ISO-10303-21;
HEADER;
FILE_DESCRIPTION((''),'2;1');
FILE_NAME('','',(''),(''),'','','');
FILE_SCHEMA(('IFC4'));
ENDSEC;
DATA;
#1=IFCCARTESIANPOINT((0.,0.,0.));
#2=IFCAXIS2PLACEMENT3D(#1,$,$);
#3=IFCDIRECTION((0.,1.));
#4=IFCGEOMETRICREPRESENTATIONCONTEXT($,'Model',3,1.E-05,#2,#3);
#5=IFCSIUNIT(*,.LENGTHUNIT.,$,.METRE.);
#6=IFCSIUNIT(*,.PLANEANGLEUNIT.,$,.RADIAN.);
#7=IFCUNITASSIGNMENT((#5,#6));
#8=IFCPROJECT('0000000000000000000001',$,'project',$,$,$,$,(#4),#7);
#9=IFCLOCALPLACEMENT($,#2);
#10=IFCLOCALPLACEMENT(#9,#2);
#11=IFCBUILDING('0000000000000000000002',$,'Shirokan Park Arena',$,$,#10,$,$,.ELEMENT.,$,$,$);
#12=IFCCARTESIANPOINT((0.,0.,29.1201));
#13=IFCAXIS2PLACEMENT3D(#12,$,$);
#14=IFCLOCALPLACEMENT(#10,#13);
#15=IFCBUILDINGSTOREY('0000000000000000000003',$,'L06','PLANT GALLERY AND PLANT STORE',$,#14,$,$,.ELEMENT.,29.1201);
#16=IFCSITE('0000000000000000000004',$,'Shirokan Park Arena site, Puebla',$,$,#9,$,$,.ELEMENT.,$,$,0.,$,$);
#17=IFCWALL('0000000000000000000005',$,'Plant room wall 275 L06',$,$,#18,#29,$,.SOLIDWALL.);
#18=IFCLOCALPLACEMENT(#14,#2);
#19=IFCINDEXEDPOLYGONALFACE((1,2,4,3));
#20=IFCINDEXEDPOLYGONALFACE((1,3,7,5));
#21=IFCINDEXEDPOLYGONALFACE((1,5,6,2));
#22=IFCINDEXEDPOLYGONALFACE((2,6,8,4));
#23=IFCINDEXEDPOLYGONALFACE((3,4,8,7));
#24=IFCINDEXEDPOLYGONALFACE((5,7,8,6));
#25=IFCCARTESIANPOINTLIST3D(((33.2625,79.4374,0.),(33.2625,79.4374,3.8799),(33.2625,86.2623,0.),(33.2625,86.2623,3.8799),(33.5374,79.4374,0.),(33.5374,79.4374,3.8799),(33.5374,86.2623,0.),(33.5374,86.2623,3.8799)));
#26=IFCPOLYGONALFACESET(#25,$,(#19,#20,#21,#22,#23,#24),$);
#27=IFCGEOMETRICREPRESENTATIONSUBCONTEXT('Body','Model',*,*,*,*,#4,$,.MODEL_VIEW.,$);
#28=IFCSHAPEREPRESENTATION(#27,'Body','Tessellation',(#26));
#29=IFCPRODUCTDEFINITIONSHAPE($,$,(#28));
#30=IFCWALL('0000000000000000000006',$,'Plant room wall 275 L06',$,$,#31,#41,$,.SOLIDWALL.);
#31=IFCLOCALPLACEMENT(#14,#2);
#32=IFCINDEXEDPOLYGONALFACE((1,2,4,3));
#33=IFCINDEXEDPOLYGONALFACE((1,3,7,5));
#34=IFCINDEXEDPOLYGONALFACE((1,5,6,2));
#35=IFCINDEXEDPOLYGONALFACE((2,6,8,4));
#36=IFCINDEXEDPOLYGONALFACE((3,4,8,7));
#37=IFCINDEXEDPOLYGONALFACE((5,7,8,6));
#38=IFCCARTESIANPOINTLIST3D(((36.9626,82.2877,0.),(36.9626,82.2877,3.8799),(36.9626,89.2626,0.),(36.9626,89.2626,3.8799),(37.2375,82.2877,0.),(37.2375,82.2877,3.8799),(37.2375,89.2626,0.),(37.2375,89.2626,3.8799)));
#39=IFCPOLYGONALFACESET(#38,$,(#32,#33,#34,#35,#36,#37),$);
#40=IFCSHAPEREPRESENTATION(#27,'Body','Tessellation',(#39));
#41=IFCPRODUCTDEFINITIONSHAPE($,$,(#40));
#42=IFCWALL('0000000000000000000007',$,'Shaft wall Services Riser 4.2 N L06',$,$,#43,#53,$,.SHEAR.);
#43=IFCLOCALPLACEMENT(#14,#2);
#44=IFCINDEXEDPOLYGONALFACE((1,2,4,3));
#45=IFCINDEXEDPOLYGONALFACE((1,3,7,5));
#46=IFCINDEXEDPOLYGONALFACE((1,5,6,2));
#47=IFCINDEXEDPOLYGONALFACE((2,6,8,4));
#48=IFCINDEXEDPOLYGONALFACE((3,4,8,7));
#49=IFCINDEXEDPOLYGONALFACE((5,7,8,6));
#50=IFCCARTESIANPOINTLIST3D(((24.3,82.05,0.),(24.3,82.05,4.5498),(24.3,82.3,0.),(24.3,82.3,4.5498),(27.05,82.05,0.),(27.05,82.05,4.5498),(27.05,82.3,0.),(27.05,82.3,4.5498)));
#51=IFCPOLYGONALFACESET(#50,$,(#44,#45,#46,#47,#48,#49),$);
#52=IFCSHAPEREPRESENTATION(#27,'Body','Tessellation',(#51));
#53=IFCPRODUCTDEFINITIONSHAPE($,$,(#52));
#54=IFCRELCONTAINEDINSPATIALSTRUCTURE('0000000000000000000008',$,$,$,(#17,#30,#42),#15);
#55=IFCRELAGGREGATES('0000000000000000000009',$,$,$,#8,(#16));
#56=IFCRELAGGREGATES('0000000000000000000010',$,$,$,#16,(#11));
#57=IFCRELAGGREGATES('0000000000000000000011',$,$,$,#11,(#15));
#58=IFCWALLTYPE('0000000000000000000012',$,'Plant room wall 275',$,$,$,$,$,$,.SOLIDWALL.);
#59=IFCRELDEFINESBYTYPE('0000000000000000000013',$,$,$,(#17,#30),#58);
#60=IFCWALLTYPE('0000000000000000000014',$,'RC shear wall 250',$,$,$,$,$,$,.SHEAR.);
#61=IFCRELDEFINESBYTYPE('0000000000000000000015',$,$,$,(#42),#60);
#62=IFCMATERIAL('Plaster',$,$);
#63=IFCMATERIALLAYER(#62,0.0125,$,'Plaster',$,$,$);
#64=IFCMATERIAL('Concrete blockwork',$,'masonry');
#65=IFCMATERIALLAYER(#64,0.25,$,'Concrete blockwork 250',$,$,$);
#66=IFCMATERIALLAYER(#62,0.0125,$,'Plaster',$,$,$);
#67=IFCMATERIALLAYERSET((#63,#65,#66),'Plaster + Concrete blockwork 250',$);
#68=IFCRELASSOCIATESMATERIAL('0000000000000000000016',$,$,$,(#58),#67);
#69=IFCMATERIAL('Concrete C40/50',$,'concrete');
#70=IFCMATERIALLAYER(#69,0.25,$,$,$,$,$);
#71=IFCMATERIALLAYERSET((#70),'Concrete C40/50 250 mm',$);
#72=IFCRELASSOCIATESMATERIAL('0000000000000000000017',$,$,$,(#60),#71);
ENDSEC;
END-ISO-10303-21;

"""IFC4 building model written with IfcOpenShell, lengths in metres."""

from ifc_helpers import new_model, si_unit, direction, frame, frame_2d, origin, place, context, subcontext, project, spatial, rectangle, extrude, material, layer, layer_set, type_object, element, save


model = new_model("IFC4")

# Units and contexts
model_context = context("Model", 3, precision=1e-05, world=origin(), true_north=direction((0.0, 1.0)))
body_context = subcontext(model_context, "Body", "Model", "MODEL_VIEW")
ifc_project = project(units=[si_unit("LENGTHUNIT", "METRE"), si_unit("PLANEANGLEUNIT", "RADIAN")], contexts=[model_context])

# Site, building, storey
site_placement = place(None, origin())
site = spatial("IfcSite", under=ifc_project, at=site_placement, Name="Shirokan Park Arena site, Puebla", CompositionType="ELEMENT", RefElevation=0.0)
building_placement = place(site_placement, origin())
building = spatial("IfcBuilding", under=site, at=building_placement, Name="Shirokan Park Arena", CompositionType="ELEMENT")
storey_placement = place(building_placement, frame((0.0, 0.0, 29.1201)))
storey = spatial("IfcBuildingStorey", under=building, at=storey_placement, Name="L06", Description="PLANT GALLERY AND PLANT STORE", CompositionType="ELEMENT", Elevation=29.1201)

# Shared definitions
ifc_material_1 = material(Name="Plaster")
ifc_layer_1 = layer(ifc_material_1, 0.0125, Name="Plaster")
ifc_material_2 = material(Name="Concrete blockwork", Category="masonry")
ifc_layer_2 = layer(ifc_material_2, 0.25, Name="Concrete blockwork 250")
ifc_layer_3 = layer(ifc_material_1, 0.0125, Name="Plaster")
ifc_layer_set_1 = layer_set([ifc_layer_1, ifc_layer_2, ifc_layer_3], Name="Plaster + Concrete blockwork 250")
wall_type_1 = type_object("IfcWallType", Name="Plant room wall 275", PredefinedType="SOLIDWALL", material=ifc_layer_set_1)

# Walls
wall_1_placement = place(storey_placement, frame((33.3999, 86.2625, 0.0), z_axis=(0.0, 0.0, 1.0), x_axis=(0.0, -1.0, 0.0)))
element("IfcWall", 1, at=wall_1_placement, inside=storey, type_object=wall_type_1, Name="Plant room wall 275 L06", PredefinedType="SOLIDWALL", context=body_context, shape_type="SweptSolid", body=[
    extrude(rectangle(XDim=6.825, YDim=0.2749, at=frame_2d((3.4126, 0.0))), origin(), (0.0, 0.0, 1.0), 3.8799),
])
wall_2_placement = place(storey_placement, frame((37.1001, 89.2625, 0.0), z_axis=(0.0, 0.0, 1.0), x_axis=(0.0, -1.0, 0.0)))
element("IfcWall", 2, at=wall_2_placement, inside=storey, type_object=wall_type_1, Name="Plant room wall 275 L06", PredefinedType="SOLIDWALL", context=body_context, shape_type="SweptSolid", body=[
    extrude(rectangle(XDim=6.9749, YDim=0.2749, at=frame_2d((3.4873, 0.0))), origin(), (0.0, 0.0, 1.0), 3.8799),
])
ifc_material_3 = material(Name="Concrete C40/50", Category="concrete")
ifc_layer_4 = layer(ifc_material_3, 0.25)
ifc_layer_set_2 = layer_set([ifc_layer_4], Name="Concrete C40/50 250 mm")
wall_type_2 = type_object("IfcWallType", Name="RC shear wall 250", PredefinedType="SHEAR", material=ifc_layer_set_2)
wall_3_placement = place(storey_placement, frame((27.05, 82.175, 0.0), z_axis=(0.0, 0.0, 1.0), x_axis=(-1.0, 0.0, 0.0)))
element("IfcWall", 3, at=wall_3_placement, inside=storey, type_object=wall_type_2, Name="Shaft wall Services Riser 4.2 N L06", PredefinedType="SHEAR", context=body_context, shape_type="SweptSolid", body=[
    extrude(rectangle(XDim=2.75, YDim=0.25, at=frame_2d((1.375, 0.0))), origin(), (0.0, 0.0, 1.0), 4.5498),
])

save(model, "model.ifc")
